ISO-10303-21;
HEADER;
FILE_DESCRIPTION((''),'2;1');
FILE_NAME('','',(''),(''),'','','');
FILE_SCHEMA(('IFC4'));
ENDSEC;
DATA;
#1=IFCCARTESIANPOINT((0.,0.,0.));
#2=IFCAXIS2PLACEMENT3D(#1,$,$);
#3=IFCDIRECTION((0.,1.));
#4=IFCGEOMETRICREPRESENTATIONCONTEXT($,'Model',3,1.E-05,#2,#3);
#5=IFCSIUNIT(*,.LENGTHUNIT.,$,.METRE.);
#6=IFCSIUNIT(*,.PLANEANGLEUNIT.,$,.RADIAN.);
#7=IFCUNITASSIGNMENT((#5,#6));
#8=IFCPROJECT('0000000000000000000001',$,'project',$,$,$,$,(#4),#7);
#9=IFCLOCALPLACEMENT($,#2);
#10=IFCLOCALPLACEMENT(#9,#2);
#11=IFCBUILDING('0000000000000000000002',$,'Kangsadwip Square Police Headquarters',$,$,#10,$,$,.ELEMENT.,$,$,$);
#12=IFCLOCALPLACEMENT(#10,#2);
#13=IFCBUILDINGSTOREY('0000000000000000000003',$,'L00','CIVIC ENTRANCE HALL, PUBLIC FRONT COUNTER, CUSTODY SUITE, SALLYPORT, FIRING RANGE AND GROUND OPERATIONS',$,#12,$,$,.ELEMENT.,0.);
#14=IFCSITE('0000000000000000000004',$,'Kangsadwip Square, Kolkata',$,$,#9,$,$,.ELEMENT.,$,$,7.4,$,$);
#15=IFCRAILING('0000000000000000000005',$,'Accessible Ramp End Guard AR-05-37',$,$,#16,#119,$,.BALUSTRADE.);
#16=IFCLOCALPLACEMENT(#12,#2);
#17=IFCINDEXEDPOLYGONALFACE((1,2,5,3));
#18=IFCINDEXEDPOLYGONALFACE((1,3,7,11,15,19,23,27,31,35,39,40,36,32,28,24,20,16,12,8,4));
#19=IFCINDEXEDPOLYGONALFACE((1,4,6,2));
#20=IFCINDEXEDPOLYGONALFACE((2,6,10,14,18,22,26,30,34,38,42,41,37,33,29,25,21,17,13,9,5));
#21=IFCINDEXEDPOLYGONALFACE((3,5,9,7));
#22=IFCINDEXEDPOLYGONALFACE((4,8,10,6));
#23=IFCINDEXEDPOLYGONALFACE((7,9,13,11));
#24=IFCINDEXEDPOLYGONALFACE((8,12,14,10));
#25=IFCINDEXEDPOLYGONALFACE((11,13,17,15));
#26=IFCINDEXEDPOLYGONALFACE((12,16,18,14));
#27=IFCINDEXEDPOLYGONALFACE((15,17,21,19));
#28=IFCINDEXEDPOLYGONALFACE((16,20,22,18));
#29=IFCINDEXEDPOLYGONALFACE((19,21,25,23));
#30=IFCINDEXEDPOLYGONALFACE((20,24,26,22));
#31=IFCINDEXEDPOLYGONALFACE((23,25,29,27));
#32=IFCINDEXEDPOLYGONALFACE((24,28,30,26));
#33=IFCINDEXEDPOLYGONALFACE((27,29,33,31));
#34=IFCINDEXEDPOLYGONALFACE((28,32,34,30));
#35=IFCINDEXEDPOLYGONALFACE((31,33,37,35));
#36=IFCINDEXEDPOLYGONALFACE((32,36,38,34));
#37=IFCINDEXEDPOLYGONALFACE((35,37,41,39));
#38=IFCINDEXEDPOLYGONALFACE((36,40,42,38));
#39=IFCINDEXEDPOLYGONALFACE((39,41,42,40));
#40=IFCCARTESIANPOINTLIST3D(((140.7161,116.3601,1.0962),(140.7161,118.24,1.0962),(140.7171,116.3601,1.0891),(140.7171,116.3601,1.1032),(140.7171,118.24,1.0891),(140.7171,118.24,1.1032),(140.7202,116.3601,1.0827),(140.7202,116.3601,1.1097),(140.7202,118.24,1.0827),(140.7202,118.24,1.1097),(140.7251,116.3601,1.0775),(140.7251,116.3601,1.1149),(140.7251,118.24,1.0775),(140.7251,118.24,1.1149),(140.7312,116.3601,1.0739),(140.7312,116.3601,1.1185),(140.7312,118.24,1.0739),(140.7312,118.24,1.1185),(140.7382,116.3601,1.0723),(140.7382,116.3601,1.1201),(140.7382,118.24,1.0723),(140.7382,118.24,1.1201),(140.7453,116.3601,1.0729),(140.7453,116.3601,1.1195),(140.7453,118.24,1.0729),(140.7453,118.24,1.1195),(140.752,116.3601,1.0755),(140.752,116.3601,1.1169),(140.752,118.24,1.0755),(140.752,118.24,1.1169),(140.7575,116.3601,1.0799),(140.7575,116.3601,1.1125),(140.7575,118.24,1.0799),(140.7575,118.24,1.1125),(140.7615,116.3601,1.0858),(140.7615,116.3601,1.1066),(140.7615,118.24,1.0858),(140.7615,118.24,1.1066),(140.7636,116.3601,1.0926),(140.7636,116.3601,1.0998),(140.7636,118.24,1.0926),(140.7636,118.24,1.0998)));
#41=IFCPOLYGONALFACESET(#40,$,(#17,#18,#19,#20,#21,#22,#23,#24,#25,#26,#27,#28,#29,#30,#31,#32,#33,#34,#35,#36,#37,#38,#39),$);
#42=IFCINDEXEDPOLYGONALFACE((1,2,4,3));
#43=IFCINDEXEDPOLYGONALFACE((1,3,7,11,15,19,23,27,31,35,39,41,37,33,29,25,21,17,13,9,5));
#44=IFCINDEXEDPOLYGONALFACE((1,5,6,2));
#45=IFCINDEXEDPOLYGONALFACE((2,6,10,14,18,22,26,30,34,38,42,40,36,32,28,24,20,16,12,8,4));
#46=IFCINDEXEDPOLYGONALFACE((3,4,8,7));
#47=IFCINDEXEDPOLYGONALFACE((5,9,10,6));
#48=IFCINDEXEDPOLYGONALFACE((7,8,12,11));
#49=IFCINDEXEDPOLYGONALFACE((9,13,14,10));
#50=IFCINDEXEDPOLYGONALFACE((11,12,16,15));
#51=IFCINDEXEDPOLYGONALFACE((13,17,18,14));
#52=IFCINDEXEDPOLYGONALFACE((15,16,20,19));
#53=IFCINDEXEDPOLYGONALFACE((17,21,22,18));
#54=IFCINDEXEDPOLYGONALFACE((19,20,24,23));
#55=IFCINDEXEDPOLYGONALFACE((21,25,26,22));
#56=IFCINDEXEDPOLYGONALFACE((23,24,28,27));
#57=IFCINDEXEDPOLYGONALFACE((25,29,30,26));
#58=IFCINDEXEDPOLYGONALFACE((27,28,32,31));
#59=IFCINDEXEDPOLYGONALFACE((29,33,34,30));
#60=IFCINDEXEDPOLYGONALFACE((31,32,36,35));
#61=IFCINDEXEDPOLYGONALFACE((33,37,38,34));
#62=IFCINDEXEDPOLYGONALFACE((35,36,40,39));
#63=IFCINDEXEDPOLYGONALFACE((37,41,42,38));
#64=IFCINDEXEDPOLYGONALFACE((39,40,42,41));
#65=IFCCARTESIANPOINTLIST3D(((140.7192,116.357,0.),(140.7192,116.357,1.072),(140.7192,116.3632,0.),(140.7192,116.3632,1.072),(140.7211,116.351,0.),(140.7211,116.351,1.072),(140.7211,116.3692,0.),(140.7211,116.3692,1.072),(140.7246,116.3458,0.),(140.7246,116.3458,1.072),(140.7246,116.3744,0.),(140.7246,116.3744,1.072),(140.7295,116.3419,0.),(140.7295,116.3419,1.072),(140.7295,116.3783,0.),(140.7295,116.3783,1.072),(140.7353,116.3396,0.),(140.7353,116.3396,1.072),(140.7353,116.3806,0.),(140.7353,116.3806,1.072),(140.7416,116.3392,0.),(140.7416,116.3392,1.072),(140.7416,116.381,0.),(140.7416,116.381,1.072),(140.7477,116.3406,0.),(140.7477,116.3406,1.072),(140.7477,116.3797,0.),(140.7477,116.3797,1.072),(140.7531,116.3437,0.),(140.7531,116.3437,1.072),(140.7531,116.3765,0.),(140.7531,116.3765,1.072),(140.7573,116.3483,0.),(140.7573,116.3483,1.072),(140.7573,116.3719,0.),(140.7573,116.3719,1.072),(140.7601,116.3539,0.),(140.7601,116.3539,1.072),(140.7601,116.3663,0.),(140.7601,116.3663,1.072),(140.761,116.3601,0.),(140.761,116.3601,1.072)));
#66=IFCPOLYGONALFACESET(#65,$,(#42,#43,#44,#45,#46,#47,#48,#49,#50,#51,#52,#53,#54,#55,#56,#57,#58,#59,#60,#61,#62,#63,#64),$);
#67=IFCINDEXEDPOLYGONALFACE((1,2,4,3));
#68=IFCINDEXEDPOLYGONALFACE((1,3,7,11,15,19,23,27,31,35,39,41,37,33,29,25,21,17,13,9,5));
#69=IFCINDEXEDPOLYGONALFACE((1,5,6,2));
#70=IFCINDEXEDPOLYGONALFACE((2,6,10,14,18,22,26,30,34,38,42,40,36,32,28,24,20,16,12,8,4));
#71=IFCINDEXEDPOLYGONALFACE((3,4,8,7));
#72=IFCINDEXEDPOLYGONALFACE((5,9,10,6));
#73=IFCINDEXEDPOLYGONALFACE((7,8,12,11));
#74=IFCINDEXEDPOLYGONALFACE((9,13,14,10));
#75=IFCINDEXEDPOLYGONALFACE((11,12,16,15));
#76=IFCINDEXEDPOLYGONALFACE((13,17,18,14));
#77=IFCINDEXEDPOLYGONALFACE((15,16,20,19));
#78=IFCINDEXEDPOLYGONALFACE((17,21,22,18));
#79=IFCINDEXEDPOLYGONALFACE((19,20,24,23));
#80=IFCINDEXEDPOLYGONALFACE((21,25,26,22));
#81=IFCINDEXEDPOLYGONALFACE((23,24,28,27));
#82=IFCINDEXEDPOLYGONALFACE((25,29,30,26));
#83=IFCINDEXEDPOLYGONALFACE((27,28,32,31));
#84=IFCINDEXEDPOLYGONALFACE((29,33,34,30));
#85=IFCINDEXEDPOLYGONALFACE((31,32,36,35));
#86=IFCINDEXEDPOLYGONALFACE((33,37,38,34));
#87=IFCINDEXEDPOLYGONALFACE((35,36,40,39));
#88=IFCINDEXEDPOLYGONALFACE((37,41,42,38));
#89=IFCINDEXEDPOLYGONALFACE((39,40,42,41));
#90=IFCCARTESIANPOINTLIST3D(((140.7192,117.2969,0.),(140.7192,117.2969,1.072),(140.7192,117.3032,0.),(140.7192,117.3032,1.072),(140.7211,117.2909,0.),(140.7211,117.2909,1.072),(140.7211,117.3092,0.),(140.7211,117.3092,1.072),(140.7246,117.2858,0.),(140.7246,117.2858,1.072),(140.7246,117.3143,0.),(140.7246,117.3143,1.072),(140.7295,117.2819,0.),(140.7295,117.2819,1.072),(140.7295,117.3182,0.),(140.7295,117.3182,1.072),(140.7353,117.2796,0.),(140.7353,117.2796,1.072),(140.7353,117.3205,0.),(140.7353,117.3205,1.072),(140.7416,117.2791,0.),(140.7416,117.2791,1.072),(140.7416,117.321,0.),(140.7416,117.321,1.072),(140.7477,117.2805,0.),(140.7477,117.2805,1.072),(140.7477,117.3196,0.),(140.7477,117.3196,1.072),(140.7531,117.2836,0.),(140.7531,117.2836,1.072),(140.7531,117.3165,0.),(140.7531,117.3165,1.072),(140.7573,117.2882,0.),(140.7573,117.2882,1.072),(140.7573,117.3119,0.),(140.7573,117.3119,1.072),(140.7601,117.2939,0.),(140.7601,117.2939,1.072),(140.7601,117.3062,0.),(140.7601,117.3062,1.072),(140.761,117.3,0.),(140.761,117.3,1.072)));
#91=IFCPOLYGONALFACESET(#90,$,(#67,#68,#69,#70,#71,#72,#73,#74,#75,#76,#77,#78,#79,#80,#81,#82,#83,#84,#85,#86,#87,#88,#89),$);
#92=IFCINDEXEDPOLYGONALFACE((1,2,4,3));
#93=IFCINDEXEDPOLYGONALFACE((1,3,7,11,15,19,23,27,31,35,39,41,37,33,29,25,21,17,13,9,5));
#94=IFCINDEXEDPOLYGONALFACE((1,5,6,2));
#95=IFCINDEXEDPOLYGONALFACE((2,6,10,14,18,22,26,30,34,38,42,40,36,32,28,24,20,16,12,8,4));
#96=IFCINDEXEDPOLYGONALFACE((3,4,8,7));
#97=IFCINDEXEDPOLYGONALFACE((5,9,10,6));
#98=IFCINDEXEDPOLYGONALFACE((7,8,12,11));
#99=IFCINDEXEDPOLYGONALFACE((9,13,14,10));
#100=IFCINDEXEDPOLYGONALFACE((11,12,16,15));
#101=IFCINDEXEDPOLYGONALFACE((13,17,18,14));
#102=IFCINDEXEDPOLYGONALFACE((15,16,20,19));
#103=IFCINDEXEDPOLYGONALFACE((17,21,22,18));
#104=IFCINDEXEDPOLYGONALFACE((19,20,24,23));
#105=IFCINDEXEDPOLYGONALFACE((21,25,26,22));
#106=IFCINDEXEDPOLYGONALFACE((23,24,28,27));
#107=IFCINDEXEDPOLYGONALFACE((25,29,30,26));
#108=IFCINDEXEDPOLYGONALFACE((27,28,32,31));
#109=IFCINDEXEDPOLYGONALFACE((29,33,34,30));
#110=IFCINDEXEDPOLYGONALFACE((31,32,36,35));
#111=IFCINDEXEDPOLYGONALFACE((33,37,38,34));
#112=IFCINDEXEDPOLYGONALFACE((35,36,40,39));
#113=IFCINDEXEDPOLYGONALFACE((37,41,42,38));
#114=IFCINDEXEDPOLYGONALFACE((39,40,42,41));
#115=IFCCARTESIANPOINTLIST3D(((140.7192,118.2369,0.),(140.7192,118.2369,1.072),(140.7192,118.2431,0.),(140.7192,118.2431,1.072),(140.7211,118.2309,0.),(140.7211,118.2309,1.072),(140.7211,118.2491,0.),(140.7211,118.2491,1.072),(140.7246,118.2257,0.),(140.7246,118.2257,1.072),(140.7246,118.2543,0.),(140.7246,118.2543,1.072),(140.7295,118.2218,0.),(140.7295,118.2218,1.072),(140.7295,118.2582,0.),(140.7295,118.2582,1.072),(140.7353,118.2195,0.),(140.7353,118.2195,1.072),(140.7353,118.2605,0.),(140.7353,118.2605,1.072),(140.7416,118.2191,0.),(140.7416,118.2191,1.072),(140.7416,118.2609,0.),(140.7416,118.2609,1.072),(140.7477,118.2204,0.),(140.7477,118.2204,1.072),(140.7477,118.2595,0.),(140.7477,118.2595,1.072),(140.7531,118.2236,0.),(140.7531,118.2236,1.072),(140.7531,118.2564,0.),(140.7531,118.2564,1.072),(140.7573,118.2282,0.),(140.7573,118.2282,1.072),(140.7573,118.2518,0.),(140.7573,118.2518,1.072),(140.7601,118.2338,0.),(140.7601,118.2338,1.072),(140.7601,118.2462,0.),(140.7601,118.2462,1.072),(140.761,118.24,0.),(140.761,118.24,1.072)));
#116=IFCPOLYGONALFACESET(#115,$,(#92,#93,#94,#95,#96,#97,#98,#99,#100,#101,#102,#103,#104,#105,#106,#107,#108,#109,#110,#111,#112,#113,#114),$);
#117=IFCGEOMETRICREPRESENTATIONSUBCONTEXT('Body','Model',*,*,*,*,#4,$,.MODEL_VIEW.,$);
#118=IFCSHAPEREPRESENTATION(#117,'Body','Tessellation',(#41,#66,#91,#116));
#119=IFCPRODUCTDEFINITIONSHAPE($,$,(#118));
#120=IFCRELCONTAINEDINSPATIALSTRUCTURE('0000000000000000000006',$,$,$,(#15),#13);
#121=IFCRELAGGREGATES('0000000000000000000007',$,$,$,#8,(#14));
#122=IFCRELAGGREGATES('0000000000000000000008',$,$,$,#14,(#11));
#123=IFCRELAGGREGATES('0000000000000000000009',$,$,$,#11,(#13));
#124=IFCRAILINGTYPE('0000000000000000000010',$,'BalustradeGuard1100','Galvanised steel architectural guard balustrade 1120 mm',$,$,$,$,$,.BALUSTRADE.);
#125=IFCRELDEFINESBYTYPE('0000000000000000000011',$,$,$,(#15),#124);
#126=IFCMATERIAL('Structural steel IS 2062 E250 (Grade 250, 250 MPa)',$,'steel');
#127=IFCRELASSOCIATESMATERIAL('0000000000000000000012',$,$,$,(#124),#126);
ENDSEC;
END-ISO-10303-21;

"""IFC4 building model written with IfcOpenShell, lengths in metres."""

from ifc_helpers import new_model, si_unit, direction, frame, origin, origin_2d, place, context, subcontext, project, spatial, circle, extrude, material, type_object, element, save


model = new_model("IFC4")

# Units and contexts
model_context = context("Model", 3, precision=1e-05, world=origin(), true_north=direction((0.0, 1.0)))
body_context = subcontext(model_context, "Body", "Model", "MODEL_VIEW")
ifc_project = project(units=[si_unit("LENGTHUNIT", "METRE"), si_unit("PLANEANGLEUNIT", "RADIAN")], contexts=[model_context])

# Site, building, storey
site_placement = place(None, origin())
site = spatial("IfcSite", under=ifc_project, at=site_placement, Name="Kangsadwip Square, Kolkata", CompositionType="ELEMENT", RefElevation=7.4)
building_placement = place(site_placement, origin())
building = spatial("IfcBuilding", under=site, at=building_placement, Name="Kangsadwip Square Police Headquarters", CompositionType="ELEMENT")
storey_placement = place(building_placement, origin())
storey = spatial("IfcBuildingStorey", under=building, at=storey_placement, Name="L00", Description="CIVIC ENTRANCE HALL, PUBLIC FRONT COUNTER, CUSTODY SUITE, SALLYPORT, FIRING RANGE AND GROUND OPERATIONS", CompositionType="ELEMENT", Elevation=0.0)

# Railing
ifc_material_1 = material(Name="Structural steel IS 2062 E250 (Grade 250, 250 MPa)", Category="steel")
railing_type = type_object("IfcRailingType", Name="BalustradeGuard1100", Description="Galvanised steel architectural guard balustrade 1120 mm", PredefinedType="BALUSTRADE", material=ifc_material_1)
railing_placement = place(storey_placement, frame((140.74, 116.3601, 0.0)))
element("IfcRailing", 1, at=railing_placement, inside=storey, type_object=railing_type, Name="Accessible Ramp End Guard AR-05-37", PredefinedType="BALUSTRADE", context=body_context, shape_type="SweptSolid", body=[
    extrude(circle(Radius=0.0239, at=origin_2d()), frame((0.0, 0.0, 1.0962), z_axis=(0.0, 1.0, 0.0), x_axis=(-1.0, 0.0, 0.0)), (0.0, 0.0, 1.0), 1.8799),
    extrude(circle(Radius=0.021, at=origin_2d()), origin(), (0.0, 0.0, 1.0), 1.072),
    extrude(circle(Radius=0.021, at=origin_2d()), frame((0.0, 0.9399, 0.0)), (0.0, 0.0, 1.0), 1.072),
    extrude(circle(Radius=0.021, at=origin_2d()), frame((0.0, 1.8799, 0.0)), (0.0, 0.0, 1.0), 1.072),
])

save(model, "model.ifc")
